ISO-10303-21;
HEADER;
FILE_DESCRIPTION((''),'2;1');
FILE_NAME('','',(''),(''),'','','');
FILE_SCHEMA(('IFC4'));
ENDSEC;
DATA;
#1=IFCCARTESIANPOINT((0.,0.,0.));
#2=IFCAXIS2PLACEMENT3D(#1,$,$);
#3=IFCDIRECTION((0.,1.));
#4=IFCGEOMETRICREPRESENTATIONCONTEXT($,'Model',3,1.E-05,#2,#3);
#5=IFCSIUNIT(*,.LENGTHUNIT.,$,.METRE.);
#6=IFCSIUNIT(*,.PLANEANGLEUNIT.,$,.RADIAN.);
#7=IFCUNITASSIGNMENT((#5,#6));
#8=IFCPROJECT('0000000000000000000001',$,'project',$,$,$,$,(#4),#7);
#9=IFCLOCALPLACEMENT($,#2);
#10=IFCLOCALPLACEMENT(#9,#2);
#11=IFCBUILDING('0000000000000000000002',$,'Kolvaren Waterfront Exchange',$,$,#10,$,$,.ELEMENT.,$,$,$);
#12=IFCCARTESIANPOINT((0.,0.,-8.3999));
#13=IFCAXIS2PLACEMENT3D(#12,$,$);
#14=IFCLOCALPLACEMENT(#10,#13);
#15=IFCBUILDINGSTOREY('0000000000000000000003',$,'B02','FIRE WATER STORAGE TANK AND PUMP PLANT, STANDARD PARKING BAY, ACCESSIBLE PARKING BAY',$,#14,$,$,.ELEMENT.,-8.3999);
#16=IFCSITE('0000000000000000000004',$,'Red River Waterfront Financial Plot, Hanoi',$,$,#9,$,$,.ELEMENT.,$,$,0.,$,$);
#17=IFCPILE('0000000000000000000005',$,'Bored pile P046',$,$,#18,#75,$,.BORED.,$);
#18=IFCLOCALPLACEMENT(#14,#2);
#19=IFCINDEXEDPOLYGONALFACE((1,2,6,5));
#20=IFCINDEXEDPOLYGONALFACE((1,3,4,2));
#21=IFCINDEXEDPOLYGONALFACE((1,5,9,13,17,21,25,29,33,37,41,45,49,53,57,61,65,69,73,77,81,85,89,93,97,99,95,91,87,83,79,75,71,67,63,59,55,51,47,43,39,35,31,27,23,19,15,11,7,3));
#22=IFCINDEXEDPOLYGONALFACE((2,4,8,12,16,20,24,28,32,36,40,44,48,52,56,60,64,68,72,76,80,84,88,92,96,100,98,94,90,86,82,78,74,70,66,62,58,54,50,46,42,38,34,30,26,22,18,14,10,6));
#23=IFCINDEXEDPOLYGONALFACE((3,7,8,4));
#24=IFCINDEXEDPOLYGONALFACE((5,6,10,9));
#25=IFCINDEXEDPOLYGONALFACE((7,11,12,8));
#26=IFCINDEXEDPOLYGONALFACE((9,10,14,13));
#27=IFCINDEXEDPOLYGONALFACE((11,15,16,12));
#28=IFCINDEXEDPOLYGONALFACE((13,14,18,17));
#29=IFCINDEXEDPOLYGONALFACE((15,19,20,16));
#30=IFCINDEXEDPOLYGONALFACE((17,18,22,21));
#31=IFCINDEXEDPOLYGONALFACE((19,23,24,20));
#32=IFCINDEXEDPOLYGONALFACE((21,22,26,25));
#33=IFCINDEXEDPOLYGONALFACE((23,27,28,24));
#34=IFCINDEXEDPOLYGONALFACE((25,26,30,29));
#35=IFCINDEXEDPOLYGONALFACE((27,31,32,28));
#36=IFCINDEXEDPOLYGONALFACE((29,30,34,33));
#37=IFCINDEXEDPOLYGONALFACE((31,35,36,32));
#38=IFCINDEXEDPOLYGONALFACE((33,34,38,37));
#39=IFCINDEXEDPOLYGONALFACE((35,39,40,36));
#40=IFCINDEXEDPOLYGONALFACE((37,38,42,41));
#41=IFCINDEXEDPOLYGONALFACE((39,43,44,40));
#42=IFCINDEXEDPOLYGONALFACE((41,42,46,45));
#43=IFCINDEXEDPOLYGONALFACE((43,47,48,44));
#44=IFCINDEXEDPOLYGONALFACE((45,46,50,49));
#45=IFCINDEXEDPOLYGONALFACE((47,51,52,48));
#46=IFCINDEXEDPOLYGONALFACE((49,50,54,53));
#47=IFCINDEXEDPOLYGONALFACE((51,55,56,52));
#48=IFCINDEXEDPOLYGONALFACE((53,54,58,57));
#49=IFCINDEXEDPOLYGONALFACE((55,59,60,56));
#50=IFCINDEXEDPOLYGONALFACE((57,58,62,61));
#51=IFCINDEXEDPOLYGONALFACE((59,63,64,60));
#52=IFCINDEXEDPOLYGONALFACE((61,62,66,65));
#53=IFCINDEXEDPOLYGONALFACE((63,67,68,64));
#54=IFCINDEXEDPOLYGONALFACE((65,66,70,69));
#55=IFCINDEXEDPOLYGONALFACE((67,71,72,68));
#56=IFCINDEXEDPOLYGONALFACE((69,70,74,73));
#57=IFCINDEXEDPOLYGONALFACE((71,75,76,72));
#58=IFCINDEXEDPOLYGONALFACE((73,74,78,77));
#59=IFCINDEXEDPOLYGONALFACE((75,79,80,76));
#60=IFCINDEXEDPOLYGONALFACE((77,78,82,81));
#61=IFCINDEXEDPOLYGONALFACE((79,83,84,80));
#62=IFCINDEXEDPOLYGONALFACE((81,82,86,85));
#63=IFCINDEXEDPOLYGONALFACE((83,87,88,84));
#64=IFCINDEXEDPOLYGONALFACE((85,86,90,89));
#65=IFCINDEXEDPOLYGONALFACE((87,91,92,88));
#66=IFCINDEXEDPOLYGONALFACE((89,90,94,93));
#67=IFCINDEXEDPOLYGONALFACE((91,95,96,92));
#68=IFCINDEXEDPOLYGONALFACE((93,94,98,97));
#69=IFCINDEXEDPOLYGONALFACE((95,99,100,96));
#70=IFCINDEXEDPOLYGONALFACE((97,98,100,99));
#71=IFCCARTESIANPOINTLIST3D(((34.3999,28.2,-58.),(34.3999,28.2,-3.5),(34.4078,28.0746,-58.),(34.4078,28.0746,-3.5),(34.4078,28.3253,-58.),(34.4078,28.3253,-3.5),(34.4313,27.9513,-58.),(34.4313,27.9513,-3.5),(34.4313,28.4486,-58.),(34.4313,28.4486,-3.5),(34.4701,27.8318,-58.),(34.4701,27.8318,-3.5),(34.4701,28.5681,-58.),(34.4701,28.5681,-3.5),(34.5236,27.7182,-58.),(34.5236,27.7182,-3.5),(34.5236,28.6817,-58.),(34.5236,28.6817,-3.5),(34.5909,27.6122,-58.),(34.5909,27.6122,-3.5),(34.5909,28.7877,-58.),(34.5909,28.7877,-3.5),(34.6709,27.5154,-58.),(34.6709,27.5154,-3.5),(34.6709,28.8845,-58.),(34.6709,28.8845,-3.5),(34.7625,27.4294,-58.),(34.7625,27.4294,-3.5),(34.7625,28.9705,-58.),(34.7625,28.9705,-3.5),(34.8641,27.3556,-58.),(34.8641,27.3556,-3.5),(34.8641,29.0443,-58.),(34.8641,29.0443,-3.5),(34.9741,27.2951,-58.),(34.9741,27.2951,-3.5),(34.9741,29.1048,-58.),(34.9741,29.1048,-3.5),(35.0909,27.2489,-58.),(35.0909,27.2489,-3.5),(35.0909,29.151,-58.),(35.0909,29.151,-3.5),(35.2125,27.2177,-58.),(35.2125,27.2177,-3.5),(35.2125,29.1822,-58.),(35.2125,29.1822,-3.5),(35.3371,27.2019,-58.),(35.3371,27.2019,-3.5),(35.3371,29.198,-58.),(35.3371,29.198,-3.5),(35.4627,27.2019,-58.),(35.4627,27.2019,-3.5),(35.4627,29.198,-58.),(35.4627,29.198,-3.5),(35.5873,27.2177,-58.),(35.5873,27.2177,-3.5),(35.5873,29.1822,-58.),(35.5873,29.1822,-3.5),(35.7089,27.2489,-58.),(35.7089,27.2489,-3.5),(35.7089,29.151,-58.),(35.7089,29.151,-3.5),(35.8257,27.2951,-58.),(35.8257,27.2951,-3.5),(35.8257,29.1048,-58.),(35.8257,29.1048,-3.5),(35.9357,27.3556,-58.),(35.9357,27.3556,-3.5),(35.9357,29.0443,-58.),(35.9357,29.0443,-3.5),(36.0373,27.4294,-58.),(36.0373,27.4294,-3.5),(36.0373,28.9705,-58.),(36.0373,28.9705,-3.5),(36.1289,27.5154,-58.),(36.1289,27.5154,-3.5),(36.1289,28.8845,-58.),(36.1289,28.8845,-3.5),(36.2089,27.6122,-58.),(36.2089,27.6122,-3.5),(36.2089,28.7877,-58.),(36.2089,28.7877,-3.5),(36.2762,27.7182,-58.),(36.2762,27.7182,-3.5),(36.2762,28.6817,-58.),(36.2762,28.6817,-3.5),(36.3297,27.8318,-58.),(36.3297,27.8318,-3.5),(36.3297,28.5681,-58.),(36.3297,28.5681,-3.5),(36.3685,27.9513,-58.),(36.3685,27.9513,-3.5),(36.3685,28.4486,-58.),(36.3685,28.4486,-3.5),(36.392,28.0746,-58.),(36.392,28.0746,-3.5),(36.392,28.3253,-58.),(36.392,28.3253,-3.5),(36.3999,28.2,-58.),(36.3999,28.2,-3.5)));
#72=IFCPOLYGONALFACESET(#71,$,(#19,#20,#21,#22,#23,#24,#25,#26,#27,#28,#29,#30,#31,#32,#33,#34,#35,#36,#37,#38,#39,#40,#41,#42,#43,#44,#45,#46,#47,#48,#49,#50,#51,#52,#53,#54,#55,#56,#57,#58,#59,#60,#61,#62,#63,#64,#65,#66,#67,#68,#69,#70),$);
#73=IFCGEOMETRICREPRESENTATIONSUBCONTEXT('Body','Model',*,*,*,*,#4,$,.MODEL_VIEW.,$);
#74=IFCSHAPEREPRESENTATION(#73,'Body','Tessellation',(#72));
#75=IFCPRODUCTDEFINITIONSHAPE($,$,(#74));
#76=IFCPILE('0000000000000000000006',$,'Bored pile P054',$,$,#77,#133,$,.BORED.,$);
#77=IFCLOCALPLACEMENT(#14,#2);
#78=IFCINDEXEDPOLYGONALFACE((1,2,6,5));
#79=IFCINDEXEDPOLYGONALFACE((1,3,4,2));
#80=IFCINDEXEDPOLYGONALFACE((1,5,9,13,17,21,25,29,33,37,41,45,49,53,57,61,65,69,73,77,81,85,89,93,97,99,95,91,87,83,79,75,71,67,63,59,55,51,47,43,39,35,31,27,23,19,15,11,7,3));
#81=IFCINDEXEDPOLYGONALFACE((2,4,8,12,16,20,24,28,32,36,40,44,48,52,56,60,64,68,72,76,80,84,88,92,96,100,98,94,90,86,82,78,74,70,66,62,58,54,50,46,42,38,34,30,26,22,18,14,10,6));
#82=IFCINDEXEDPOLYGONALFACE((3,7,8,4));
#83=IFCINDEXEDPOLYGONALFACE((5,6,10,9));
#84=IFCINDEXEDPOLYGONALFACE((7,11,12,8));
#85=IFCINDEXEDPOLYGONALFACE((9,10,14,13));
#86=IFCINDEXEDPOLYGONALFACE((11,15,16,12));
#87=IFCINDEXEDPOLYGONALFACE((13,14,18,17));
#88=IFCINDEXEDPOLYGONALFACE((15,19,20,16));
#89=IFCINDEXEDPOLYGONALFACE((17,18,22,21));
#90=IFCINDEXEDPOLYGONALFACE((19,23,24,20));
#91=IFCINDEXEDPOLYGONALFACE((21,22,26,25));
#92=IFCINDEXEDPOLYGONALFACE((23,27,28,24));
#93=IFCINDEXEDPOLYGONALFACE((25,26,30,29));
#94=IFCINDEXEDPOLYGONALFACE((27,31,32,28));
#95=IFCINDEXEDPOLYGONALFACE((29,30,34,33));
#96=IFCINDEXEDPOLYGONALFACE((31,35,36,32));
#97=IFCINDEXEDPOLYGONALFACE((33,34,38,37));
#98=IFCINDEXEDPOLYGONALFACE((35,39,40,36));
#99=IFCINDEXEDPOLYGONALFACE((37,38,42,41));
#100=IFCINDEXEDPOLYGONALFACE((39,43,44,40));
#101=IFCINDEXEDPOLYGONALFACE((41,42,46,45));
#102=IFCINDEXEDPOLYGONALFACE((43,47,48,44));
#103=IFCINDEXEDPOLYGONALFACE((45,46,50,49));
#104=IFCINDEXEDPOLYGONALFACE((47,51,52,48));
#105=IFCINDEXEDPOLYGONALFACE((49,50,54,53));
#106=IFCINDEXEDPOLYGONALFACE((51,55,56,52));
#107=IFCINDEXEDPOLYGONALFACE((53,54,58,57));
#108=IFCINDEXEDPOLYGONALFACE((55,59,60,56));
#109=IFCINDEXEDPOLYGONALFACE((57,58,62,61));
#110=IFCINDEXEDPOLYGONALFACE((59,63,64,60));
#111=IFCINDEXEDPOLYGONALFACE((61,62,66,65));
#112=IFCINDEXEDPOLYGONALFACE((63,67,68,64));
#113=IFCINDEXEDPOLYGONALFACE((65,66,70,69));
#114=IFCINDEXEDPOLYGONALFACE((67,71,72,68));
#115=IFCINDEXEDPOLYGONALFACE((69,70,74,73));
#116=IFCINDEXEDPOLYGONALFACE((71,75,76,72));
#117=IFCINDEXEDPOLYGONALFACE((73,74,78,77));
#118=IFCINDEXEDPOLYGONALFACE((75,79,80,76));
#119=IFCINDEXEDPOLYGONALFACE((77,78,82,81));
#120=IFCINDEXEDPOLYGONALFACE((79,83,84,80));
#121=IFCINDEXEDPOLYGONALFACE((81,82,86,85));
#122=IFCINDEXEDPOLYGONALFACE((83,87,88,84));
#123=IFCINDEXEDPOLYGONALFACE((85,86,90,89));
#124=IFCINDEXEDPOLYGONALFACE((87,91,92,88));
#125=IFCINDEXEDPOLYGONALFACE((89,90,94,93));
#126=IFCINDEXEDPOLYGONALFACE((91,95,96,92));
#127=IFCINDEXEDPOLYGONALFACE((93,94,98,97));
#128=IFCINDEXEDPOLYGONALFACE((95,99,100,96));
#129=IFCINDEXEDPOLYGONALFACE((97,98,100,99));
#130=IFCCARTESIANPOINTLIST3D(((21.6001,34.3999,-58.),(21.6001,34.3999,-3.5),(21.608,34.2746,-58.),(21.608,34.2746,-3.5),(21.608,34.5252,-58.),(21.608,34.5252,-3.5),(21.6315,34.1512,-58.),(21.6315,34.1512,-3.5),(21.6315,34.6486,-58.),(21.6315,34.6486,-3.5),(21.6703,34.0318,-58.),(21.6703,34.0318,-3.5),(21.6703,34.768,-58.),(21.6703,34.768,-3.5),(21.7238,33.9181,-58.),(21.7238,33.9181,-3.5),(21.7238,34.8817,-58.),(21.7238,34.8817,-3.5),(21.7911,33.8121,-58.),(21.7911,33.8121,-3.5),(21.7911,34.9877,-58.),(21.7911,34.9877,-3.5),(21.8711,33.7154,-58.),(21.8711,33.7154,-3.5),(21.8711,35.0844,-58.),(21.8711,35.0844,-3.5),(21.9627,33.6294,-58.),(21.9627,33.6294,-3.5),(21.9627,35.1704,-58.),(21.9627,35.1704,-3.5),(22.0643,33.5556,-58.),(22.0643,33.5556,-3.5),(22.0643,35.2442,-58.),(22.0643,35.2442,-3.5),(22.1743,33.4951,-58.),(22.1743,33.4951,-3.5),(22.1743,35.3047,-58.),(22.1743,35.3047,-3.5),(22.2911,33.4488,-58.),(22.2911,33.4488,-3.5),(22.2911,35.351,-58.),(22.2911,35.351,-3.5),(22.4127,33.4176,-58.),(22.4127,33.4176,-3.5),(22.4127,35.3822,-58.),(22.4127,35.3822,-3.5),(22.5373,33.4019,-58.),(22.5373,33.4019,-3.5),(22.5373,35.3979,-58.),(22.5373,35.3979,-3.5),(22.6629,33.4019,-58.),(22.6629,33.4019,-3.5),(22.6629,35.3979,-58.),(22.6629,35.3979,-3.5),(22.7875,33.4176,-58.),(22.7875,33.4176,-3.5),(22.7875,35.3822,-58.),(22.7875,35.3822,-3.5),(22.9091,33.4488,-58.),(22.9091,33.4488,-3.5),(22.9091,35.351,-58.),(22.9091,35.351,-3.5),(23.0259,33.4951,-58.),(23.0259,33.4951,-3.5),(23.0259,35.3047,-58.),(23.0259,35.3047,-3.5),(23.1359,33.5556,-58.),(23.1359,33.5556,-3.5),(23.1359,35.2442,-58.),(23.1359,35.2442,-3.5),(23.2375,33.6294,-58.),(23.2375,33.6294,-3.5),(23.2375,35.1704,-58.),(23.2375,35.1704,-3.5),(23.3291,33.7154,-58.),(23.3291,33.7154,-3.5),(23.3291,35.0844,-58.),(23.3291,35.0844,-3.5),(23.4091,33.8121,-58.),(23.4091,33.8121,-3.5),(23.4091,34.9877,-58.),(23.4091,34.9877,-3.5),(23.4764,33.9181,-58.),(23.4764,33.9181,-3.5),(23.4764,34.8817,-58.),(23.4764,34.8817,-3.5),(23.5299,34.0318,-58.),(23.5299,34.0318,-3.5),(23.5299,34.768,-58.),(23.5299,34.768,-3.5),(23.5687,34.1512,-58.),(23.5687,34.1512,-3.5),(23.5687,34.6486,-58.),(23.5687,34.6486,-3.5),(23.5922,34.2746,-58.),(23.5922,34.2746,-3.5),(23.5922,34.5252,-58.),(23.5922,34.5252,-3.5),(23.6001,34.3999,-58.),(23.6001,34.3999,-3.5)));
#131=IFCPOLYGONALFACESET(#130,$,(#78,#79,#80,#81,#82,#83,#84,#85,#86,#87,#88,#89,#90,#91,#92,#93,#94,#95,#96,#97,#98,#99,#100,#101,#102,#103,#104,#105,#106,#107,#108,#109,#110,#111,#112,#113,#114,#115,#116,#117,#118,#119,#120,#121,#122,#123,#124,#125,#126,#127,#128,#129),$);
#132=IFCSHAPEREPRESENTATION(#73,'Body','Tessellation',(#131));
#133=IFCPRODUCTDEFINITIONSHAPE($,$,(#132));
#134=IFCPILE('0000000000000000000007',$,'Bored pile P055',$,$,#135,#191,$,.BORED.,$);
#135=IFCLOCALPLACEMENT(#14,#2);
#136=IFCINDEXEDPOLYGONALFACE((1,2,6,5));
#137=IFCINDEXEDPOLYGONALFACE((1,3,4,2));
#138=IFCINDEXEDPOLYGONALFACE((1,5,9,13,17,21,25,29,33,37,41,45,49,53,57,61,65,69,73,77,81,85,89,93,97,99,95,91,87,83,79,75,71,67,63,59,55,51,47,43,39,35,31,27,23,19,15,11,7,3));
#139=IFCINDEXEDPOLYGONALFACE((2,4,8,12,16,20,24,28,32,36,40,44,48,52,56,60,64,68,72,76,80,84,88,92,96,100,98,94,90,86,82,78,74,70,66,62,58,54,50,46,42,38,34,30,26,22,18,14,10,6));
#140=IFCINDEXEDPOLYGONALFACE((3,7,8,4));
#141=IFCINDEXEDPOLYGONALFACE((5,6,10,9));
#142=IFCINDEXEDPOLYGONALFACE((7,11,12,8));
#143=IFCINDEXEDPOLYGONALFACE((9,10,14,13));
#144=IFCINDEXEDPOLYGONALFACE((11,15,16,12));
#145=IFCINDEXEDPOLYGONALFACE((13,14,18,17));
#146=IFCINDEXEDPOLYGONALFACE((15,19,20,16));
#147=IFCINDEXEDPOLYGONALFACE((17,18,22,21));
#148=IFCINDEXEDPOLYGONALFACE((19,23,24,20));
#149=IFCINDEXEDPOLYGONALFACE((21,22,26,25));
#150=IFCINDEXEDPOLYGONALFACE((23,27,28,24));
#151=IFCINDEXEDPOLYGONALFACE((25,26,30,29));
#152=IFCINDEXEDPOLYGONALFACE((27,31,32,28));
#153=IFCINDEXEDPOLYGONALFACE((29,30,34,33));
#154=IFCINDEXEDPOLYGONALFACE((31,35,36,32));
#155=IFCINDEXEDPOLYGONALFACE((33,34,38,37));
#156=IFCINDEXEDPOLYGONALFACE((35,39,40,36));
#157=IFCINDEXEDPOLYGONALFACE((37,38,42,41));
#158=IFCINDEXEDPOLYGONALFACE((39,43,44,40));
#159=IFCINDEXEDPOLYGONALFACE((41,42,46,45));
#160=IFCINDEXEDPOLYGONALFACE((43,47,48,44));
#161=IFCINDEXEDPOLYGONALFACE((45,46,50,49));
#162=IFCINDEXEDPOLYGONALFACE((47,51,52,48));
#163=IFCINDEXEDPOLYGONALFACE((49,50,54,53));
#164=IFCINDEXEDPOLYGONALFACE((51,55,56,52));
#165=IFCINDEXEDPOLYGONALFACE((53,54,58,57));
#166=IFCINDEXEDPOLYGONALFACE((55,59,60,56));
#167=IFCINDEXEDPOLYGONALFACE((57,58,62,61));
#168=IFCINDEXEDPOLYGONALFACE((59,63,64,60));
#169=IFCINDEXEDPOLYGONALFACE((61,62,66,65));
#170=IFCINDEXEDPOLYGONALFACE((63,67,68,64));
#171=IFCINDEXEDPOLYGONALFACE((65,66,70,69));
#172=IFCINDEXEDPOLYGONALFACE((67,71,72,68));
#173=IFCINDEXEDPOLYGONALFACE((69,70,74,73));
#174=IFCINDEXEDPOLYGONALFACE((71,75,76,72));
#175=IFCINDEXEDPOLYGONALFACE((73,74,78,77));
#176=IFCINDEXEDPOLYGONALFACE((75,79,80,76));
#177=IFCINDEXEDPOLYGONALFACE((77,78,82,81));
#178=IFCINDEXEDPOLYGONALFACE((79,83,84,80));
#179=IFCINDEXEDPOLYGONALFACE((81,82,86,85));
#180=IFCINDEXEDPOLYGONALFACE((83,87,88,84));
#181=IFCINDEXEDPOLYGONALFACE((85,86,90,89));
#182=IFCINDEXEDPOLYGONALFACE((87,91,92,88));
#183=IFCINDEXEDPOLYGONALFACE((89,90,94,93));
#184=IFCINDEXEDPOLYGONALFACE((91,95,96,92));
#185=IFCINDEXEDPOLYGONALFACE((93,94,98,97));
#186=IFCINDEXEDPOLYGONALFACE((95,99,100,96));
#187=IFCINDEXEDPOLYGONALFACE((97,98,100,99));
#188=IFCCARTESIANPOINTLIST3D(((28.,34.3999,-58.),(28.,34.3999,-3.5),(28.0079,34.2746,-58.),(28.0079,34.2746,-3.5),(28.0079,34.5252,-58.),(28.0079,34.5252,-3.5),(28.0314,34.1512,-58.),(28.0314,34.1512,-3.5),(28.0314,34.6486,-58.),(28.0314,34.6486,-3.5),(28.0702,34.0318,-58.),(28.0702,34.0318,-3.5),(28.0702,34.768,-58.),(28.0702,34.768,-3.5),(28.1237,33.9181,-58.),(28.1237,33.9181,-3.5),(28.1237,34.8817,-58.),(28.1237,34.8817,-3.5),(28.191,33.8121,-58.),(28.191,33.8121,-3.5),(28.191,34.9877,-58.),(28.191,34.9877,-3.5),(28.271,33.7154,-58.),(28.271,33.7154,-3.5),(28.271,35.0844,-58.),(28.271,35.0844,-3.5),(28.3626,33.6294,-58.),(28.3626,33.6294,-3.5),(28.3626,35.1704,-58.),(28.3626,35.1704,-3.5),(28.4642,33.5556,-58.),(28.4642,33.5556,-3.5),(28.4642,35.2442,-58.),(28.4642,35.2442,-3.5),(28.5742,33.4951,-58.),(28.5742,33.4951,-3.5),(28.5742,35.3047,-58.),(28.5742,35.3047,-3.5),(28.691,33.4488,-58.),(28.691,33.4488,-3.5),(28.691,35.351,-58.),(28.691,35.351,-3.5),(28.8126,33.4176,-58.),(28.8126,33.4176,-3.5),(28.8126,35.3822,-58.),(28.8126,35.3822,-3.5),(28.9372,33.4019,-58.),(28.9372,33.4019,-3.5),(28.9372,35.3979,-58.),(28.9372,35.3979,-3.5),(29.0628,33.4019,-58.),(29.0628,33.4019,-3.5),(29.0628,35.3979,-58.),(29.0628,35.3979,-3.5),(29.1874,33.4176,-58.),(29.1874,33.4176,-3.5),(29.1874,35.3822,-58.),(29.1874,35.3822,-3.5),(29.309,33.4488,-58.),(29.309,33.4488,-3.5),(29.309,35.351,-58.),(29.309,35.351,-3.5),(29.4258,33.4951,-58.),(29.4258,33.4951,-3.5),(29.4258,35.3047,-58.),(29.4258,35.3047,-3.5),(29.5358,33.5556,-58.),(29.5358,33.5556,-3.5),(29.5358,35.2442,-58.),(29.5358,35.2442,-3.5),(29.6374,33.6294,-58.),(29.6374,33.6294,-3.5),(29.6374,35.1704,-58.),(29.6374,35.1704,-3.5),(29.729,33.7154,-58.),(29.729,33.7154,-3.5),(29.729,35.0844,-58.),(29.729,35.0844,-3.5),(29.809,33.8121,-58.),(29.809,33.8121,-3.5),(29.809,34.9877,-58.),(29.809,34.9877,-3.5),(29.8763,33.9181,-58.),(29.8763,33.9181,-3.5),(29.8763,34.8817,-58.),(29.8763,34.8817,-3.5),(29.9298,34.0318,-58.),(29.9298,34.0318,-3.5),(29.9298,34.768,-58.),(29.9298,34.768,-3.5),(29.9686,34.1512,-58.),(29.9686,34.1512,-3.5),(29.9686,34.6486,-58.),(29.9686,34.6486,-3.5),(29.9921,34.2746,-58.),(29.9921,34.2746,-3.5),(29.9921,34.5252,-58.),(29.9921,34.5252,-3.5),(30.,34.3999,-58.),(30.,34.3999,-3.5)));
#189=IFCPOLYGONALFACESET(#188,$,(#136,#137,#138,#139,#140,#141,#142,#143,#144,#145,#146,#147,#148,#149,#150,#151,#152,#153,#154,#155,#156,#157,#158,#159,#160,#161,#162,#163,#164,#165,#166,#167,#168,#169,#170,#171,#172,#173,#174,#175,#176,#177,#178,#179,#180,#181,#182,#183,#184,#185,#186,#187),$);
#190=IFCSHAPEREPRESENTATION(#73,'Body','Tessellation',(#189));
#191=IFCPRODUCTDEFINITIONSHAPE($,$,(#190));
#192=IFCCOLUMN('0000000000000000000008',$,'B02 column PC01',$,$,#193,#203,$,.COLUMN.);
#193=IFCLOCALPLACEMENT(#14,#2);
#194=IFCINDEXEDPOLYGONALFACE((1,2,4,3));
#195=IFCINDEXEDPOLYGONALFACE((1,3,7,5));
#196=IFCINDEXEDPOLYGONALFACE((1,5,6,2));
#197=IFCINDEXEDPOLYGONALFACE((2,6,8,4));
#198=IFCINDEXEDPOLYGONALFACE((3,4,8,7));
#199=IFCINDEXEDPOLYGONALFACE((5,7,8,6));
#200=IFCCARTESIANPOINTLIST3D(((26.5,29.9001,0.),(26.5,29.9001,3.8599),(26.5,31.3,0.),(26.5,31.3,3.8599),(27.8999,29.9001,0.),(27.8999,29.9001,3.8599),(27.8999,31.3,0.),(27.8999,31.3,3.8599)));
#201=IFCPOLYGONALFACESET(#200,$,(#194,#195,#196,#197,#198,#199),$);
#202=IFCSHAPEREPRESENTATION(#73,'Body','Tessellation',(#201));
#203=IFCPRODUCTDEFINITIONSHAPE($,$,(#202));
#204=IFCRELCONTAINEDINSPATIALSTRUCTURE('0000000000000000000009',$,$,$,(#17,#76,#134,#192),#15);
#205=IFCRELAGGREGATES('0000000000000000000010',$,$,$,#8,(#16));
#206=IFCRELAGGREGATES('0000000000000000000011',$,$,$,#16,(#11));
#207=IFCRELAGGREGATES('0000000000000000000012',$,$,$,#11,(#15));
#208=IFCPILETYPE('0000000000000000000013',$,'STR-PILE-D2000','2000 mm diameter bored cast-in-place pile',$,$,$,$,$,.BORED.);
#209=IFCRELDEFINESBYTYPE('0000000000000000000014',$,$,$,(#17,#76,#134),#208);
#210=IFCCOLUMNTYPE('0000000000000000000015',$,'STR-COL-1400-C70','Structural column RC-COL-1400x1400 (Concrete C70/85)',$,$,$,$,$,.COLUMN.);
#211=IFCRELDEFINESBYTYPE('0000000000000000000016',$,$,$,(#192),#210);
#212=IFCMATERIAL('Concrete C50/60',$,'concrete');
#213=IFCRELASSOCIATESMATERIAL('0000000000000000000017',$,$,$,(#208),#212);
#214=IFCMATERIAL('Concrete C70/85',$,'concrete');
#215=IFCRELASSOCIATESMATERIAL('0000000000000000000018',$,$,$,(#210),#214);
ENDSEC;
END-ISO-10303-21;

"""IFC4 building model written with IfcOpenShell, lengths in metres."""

from ifc_helpers import new_model, si_unit, direction, frame, origin, origin_2d, place, context, subcontext, project, spatial, rectangle, circle, extrude, material, material_profile, profile_set, type_object, element, save


model = new_model("IFC4")

# Units and contexts
model_context = context("Model", 3, precision=1e-05, world=origin(), true_north=direction((0.0, 1.0)))
body_context = subcontext(model_context, "Body", "Model", "MODEL_VIEW")
ifc_project = project(units=[si_unit("LENGTHUNIT", "METRE"), si_unit("PLANEANGLEUNIT", "RADIAN")], contexts=[model_context])

# Site, building, storey
site_placement = place(None, origin())
site = spatial("IfcSite", under=ifc_project, at=site_placement, Name="Red River Waterfront Financial Plot, Hanoi", CompositionType="ELEMENT", RefElevation=0.0)
building_placement = place(site_placement, origin())
building = spatial("IfcBuilding", under=site, at=building_placement, Name="Kolvaren Waterfront Exchange", CompositionType="ELEMENT")
storey_placement = place(building_placement, frame((0.0, 0.0, -8.3999)))
storey = spatial("IfcBuildingStorey", under=building, at=storey_placement, Name="B02", Description="FIRE WATER STORAGE TANK AND PUMP PLANT, STANDARD PARKING BAY, ACCESSIBLE PARKING BAY", CompositionType="ELEMENT", Elevation=-8.3999)

# Piles
ifc_material_1 = material(Name="Concrete C50/60", Category="concrete")
ifc_material_profile_1 = material_profile(ifc_material_1, circle(Radius=1.0, at=origin_2d()), Name="RC-PILE-D2000")
ifc_profile_set_1 = profile_set([ifc_material_profile_1], Name="Concrete C50/60")
pile_type = type_object("IfcPileType", Name="STR-PILE-D2000", Description="2000 mm diameter bored cast-in-place pile", PredefinedType="BORED", material=ifc_profile_set_1)
for number, where, z_axis, x_axis, name in (
    (1, (35.3999, 28.2, -3.5), (0.0, 0.0, -1.0), (1.0, 0.0, 0.0), "Bored pile P046"),
    (2, (22.6001, 34.3999, -3.5), (0.0, 0.0, -1.0), (1.0, 0.0, 0.0), "Bored pile P054"),
    (3, (29.0, 34.3999, -3.5), (0.0, 0.0, -1.0), (1.0, 0.0, 0.0), "Bored pile P055"),
):
    element("IfcPile", number, at=place(storey_placement, frame(where, z_axis=z_axis, x_axis=x_axis)), inside=storey, type_object=pile_type, Name=name, PredefinedType="BORED", context=body_context, shape_type="SweptSolid", body=[
        extrude(circle(Radius=1.0, at=origin_2d()), origin(), (0.0, 0.0, 1.0), 54.5),
    ])

# Column
ifc_material_2 = material(Name="Concrete C70/85", Category="concrete")
ifc_material_profile_2 = material_profile(ifc_material_2, rectangle(XDim=1.3999, YDim=1.3999, at=origin_2d()), Name="RC-COL-1400x1400")
ifc_profile_set_2 = profile_set([ifc_material_profile_2], Name="Concrete C70/85")
column_type_1 = type_object("IfcColumnType", Name="STR-COL-1400-C70", Description="Structural column RC-COL-1400x1400 (Concrete C70/85)", PredefinedType="COLUMN", material=ifc_profile_set_2)
for number, where, z_axis, x_axis, name in (
    (4, (27.2, 30.6001, 0.0), (0.0, 0.0, 1.0), (1.0, 0.0, 0.0), "B02 column PC01"),
):
    element("IfcColumn", number, at=place(storey_placement, frame(where, z_axis=z_axis, x_axis=x_axis)), inside=storey, type_object=column_type_1, Name=name, PredefinedType="COLUMN", context=body_context, shape_type="SweptSolid", body=[
        extrude(rectangle(XDim=1.3999, YDim=1.3999, at=origin_2d()), origin(), (0.0, 0.0, 1.0), 3.8599),
    ])

save(model, "model.ifc")
